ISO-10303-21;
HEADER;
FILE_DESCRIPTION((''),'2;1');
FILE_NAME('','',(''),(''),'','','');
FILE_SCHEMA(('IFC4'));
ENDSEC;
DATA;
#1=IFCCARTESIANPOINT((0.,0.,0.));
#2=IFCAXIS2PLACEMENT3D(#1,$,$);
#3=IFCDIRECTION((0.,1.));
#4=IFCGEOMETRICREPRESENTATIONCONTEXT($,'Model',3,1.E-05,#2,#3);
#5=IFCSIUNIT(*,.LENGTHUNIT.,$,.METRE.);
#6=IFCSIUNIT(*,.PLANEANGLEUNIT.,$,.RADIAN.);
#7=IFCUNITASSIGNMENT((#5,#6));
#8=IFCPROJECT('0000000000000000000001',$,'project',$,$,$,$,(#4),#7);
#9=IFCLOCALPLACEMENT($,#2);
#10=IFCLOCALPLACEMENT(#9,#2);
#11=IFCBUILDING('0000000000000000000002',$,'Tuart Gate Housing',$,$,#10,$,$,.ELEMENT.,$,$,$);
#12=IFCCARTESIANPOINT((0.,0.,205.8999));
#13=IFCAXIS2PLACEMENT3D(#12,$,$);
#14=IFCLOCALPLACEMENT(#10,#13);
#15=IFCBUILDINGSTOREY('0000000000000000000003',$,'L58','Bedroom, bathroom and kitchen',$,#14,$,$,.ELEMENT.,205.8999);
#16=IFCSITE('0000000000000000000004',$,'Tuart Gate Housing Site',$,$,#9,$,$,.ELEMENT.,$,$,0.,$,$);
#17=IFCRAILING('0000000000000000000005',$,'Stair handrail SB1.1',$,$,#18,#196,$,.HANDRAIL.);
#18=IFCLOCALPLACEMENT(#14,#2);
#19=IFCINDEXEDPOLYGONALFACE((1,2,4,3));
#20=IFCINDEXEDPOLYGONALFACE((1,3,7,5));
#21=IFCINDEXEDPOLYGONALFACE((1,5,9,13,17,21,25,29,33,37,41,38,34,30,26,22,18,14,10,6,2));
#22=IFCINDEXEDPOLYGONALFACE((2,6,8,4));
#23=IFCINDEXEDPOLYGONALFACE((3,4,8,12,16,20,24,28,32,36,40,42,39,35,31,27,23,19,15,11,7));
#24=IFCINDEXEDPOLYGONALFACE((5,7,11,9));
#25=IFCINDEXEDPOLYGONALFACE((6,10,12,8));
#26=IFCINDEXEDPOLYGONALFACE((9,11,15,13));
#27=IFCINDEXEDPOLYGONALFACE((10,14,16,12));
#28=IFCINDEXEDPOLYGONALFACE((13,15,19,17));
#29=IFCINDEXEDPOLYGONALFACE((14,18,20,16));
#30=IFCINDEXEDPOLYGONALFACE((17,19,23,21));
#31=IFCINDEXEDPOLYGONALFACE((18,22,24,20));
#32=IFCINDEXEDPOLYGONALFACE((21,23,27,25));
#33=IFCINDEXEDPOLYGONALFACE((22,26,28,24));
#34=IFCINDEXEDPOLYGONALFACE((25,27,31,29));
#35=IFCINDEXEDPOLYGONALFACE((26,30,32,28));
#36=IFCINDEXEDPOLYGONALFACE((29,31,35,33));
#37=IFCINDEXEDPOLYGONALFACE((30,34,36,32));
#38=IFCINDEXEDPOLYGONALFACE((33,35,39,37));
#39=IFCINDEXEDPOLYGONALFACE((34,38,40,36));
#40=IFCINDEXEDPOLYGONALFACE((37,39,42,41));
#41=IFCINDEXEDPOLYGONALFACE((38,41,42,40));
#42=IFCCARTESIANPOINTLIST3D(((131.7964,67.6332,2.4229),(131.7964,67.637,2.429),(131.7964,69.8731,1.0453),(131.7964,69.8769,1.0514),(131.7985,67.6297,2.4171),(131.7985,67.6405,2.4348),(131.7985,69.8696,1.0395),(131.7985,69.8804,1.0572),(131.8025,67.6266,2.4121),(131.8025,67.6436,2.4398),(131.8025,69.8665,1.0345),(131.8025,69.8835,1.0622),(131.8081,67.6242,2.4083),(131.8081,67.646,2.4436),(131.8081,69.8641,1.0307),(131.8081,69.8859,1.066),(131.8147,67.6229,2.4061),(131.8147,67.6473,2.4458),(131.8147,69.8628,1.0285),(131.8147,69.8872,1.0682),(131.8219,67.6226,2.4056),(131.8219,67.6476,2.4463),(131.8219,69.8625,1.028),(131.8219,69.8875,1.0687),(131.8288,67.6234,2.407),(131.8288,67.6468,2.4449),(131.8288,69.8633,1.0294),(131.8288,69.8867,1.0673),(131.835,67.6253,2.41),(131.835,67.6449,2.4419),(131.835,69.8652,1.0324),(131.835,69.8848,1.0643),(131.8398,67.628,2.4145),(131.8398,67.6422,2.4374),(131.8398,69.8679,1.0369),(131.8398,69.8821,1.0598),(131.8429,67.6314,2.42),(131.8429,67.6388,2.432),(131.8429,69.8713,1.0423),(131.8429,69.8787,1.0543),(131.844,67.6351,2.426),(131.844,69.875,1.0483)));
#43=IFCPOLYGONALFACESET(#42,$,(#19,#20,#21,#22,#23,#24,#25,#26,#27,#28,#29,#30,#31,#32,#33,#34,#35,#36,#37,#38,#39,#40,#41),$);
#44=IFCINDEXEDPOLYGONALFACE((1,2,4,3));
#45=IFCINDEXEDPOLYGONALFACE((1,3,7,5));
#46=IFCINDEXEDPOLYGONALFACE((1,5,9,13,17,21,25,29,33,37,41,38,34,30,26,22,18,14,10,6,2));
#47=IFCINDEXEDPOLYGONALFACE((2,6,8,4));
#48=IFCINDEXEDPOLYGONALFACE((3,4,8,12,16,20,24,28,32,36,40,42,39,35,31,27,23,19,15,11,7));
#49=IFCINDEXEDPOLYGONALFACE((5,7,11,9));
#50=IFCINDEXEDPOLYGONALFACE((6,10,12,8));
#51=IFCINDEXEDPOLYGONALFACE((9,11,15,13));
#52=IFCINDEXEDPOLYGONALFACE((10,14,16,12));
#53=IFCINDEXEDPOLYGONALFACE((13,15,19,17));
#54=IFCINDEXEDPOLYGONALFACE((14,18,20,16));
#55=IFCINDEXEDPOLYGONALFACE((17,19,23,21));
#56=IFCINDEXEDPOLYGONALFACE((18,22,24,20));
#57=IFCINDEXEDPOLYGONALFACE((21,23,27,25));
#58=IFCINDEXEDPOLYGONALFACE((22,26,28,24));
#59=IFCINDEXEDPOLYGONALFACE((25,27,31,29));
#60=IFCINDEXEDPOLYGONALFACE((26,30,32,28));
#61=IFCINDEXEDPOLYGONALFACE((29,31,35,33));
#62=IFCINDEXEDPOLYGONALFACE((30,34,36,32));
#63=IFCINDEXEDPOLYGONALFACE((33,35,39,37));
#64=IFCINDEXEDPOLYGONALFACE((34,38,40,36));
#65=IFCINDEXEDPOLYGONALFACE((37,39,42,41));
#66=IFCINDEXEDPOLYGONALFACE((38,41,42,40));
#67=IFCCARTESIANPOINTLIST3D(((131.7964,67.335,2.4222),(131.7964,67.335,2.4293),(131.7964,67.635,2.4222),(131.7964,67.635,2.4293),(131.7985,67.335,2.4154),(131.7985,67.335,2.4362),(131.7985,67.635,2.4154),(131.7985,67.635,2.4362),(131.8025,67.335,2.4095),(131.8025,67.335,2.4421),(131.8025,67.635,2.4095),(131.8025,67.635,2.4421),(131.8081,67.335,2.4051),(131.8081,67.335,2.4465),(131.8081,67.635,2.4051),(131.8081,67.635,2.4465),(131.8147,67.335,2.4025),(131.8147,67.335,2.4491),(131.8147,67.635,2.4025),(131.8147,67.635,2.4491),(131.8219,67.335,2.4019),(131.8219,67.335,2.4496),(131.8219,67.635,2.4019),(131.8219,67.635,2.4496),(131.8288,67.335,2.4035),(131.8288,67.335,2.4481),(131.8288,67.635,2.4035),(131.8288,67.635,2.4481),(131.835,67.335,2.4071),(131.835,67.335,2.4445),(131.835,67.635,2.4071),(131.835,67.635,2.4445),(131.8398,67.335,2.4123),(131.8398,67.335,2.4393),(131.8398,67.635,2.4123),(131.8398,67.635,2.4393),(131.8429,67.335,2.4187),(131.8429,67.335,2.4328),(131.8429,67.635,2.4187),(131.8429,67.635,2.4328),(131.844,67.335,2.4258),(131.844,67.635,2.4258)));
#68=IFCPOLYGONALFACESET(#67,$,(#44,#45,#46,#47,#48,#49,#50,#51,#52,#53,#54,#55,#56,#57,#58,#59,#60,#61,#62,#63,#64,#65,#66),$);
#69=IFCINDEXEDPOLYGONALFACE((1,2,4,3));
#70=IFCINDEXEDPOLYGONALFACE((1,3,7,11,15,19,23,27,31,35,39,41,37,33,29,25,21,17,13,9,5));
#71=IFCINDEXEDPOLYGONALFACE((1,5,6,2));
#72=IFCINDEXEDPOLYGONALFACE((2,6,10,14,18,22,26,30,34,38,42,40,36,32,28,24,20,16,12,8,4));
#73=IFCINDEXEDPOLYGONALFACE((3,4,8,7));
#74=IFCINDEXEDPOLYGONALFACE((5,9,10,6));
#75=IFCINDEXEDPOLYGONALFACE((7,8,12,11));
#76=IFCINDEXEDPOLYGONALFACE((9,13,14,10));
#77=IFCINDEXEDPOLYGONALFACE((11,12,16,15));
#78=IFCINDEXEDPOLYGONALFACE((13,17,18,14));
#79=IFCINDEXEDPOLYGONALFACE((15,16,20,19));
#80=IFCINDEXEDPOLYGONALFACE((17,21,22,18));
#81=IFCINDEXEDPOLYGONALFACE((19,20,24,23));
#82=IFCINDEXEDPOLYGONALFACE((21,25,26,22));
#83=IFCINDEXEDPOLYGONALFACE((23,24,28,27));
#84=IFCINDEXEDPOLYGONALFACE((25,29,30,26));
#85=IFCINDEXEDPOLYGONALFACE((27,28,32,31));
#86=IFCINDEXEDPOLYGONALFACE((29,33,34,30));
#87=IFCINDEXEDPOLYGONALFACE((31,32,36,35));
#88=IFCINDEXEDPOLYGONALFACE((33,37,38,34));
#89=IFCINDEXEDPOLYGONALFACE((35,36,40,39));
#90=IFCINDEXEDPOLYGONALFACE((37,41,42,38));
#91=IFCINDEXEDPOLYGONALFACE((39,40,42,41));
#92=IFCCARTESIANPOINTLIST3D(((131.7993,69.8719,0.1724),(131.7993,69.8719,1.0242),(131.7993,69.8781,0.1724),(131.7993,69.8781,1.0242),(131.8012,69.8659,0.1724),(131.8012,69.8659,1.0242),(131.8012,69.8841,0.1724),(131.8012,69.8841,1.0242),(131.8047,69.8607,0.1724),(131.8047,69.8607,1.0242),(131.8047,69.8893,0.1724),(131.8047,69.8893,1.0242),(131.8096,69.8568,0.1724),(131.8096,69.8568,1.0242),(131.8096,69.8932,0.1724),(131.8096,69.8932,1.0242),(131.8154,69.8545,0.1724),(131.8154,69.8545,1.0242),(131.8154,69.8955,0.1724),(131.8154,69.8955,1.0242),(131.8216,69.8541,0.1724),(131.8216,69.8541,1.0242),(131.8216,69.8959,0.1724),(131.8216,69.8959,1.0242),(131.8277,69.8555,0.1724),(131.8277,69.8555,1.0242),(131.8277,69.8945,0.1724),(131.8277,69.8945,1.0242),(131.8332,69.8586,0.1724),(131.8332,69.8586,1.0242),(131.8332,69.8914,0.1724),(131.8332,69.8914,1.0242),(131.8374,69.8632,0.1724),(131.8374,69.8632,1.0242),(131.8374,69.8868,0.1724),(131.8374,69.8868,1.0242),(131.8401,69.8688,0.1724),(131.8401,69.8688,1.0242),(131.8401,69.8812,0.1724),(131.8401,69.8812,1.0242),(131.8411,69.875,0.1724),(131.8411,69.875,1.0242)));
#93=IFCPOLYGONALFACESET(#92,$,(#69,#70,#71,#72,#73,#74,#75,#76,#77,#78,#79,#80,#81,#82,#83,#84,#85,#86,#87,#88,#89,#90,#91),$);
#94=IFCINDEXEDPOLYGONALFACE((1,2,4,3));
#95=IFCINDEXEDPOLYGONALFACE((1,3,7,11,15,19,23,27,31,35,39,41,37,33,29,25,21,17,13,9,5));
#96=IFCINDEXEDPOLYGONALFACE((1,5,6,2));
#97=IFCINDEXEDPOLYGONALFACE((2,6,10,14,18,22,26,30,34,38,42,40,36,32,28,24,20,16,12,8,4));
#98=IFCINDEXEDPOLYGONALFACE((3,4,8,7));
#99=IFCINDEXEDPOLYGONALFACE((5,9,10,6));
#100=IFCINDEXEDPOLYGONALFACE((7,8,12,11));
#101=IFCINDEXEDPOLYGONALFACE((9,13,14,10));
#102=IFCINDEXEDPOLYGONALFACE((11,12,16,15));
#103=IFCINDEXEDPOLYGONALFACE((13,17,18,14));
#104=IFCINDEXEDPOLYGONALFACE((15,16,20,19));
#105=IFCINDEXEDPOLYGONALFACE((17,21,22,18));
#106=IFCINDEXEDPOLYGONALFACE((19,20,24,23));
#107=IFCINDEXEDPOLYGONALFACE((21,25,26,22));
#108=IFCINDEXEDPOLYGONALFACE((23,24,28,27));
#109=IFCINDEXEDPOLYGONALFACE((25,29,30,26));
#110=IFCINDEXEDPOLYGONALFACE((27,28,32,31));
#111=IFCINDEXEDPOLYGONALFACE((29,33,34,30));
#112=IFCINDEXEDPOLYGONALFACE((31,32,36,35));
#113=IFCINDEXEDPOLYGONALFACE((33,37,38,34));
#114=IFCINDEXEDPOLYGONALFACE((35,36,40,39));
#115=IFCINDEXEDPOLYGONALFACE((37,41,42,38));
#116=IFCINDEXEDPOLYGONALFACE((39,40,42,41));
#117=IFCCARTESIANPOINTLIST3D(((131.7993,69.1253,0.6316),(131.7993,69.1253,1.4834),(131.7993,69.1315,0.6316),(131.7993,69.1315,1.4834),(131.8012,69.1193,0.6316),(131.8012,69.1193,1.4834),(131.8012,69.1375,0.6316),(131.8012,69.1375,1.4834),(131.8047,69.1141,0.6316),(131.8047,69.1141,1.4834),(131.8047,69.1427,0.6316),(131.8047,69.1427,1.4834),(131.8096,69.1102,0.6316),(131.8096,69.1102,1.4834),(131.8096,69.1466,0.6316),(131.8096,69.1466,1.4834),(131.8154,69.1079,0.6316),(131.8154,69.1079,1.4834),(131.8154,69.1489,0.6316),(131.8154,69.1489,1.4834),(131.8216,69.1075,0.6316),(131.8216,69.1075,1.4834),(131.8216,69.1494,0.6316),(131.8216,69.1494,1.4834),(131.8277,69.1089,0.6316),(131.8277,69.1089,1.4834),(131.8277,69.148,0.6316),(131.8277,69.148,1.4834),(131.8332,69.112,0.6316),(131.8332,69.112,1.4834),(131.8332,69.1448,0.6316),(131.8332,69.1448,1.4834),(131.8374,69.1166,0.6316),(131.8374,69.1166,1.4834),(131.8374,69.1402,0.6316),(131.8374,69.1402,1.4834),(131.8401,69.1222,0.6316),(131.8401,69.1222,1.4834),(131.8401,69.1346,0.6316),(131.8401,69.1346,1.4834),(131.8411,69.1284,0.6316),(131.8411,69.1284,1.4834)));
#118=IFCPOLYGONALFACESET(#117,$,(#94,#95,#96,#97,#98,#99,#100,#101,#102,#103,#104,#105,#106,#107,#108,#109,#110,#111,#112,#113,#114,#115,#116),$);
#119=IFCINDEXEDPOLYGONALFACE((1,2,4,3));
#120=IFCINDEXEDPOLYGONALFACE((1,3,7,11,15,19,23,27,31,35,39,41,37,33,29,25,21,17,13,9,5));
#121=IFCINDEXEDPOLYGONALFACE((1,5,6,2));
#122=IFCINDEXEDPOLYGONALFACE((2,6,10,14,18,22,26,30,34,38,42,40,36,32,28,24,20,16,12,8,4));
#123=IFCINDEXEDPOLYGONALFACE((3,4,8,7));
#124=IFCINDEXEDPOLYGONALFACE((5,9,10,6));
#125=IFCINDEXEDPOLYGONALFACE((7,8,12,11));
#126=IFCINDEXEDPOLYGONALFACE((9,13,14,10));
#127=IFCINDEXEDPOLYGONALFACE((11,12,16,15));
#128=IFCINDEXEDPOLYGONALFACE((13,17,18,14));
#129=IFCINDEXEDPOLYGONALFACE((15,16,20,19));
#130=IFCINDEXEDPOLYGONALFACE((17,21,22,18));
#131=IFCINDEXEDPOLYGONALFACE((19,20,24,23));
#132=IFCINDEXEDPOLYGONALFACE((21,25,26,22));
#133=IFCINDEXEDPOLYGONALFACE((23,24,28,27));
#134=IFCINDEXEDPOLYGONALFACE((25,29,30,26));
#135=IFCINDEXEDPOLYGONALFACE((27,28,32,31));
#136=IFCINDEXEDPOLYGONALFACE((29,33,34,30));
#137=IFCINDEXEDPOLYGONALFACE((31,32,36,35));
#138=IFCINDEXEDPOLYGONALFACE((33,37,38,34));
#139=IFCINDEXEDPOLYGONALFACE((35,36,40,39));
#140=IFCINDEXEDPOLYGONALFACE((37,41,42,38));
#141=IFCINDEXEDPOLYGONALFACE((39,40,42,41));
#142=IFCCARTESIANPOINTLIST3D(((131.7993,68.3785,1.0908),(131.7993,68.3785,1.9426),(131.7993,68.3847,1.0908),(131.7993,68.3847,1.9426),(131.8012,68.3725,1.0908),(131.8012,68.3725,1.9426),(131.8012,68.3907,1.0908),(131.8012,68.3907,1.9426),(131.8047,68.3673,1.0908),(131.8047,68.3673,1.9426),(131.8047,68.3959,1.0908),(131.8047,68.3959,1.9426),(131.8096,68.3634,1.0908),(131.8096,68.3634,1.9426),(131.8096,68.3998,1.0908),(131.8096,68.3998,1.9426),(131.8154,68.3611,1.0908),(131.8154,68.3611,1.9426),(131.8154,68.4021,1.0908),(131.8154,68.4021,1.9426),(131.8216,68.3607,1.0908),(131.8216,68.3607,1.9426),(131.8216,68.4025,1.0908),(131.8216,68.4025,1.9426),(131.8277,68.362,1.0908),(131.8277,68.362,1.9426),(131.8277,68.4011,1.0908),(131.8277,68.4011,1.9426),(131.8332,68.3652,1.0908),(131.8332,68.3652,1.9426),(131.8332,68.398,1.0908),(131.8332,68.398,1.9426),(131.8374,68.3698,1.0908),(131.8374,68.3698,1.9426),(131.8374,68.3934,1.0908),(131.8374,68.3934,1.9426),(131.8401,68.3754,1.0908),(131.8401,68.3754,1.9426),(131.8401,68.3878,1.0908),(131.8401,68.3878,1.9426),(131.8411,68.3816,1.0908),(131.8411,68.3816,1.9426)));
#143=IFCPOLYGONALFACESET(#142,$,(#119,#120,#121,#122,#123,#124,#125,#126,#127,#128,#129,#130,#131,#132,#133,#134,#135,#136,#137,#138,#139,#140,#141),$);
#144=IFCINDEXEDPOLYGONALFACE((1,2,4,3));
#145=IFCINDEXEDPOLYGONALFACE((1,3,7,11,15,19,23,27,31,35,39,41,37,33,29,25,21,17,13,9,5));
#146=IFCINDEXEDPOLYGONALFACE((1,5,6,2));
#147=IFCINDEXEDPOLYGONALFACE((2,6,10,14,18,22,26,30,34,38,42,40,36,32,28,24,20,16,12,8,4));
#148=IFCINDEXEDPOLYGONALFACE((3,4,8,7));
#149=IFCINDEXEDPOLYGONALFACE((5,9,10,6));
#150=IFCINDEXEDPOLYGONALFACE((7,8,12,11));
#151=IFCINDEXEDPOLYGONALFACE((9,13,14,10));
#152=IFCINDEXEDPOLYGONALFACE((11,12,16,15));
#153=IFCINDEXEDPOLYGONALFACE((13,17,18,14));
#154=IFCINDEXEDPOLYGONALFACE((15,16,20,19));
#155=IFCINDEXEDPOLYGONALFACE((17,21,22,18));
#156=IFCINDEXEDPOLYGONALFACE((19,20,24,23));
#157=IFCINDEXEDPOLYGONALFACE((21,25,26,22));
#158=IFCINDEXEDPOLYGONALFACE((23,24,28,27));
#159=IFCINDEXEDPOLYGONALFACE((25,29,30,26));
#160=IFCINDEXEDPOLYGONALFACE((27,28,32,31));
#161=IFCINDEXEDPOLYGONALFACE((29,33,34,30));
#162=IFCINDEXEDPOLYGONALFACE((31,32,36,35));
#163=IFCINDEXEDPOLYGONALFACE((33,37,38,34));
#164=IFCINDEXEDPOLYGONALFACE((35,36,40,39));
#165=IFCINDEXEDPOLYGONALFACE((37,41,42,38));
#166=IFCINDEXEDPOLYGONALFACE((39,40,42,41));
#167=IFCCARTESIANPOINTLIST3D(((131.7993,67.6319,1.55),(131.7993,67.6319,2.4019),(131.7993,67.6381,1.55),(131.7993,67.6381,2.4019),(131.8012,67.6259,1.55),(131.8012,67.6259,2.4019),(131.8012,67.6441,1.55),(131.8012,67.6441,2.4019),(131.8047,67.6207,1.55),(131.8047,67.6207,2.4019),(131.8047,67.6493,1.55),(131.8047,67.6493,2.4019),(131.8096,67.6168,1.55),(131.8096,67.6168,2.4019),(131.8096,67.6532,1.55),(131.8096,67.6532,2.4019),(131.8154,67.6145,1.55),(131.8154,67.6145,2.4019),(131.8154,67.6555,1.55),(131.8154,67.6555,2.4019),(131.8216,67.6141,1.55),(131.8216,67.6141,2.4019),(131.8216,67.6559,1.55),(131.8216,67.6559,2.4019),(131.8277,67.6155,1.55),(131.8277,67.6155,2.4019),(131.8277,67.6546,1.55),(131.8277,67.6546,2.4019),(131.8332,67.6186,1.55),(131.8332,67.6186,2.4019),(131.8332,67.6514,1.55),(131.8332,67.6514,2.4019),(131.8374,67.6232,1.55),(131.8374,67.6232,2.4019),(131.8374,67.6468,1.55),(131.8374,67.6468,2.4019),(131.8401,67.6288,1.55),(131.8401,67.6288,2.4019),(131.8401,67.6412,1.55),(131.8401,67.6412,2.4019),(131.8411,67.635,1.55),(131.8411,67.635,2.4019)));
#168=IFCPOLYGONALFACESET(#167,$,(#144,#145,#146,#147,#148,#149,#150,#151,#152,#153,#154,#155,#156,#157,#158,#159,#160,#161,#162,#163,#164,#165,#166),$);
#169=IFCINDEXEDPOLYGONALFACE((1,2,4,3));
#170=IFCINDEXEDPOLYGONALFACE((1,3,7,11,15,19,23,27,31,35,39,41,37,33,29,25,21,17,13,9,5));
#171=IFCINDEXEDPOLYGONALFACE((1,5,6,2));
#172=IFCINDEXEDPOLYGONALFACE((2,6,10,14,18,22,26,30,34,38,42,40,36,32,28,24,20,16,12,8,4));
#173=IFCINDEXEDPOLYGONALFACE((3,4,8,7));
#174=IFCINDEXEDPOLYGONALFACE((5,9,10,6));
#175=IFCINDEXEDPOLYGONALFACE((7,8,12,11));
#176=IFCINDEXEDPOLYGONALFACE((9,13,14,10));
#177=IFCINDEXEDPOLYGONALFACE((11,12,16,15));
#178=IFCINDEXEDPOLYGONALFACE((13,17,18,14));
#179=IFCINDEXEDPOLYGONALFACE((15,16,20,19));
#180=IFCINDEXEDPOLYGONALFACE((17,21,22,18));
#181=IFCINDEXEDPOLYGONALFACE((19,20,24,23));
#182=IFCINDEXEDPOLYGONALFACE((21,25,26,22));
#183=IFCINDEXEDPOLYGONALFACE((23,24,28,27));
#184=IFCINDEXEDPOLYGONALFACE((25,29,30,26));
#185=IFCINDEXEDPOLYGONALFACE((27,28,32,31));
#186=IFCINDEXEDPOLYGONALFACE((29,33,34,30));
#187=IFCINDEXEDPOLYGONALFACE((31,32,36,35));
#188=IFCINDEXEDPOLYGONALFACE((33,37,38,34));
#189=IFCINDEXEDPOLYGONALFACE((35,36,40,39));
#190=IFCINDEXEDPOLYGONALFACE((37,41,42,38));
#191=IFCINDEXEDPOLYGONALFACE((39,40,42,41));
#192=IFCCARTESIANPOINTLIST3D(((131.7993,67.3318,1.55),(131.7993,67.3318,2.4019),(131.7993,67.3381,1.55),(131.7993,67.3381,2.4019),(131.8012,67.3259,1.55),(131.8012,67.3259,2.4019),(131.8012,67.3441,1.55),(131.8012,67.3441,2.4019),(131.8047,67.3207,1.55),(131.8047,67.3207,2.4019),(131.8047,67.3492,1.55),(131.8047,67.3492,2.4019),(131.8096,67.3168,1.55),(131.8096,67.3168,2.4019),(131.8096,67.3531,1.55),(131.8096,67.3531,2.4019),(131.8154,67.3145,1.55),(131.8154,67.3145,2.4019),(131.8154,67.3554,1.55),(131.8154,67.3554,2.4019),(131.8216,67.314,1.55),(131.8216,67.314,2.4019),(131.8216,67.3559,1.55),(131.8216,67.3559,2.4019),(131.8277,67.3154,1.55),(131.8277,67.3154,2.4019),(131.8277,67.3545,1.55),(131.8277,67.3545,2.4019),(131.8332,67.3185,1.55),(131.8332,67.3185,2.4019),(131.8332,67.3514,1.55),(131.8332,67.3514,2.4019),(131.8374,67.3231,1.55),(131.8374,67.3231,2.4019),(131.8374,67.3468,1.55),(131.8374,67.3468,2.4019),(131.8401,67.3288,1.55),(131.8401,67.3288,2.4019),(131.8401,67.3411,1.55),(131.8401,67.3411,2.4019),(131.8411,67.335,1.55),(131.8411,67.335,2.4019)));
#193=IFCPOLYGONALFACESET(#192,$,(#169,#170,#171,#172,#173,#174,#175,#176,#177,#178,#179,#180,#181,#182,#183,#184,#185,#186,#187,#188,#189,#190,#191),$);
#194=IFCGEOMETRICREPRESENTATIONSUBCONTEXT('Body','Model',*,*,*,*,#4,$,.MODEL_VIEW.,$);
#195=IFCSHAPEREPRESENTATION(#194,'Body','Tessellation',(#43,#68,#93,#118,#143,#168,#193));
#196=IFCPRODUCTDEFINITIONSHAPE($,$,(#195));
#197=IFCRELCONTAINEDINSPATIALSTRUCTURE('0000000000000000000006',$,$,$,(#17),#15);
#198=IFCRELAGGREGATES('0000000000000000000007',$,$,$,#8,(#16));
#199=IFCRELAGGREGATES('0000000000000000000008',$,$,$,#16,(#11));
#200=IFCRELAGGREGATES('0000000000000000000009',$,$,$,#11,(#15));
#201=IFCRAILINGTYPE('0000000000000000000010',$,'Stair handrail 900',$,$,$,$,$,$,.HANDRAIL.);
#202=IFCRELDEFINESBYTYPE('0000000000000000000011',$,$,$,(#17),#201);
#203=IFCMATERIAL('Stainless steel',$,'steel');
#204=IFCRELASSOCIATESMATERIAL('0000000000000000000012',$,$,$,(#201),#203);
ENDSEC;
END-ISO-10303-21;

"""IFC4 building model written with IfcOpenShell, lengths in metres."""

from ifc_helpers import new_model, si_unit, direction, frame, origin, origin_2d, place, context, subcontext, project, spatial, circle, extrude, material, type_object, element, save


model = new_model("IFC4")

# Units and contexts
model_context = context("Model", 3, precision=1e-05, world=origin(), true_north=direction((0.0, 1.0)))
body_context = subcontext(model_context, "Body", "Model", "MODEL_VIEW")
ifc_project = project(units=[si_unit("LENGTHUNIT", "METRE"), si_unit("PLANEANGLEUNIT", "RADIAN")], contexts=[model_context])

# Site, building, storey
site_placement = place(None, origin())
site = spatial("IfcSite", under=ifc_project, at=site_placement, Name="Tuart Gate Housing Site", CompositionType="ELEMENT", RefElevation=0.0)
building_placement = place(site_placement, origin())
building = spatial("IfcBuilding", under=site, at=building_placement, Name="Tuart Gate Housing", CompositionType="ELEMENT")
storey_placement = place(building_placement, frame((0.0, 0.0, 205.8999)))
storey = spatial("IfcBuildingStorey", under=building, at=storey_placement, Name="L58", Description="Bedroom, bathroom and kitchen", CompositionType="ELEMENT", Elevation=205.8999)

# Railing
ifc_material_1 = material(Name="Stainless steel", Category="steel")
railing_type = type_object("IfcRailingType", Name="Stair handrail 900", PredefinedType="HANDRAIL", material=ifc_material_1)
railing_placement = place(storey_placement, frame((131.8201, 69.875, 0.1724)))
element("IfcRailing", 1, at=railing_placement, inside=storey, type_object=railing_type, Name="Stair handrail SB1.1", PredefinedType="HANDRAIL", context=body_context, shape_type="SweptSolid", body=[
    extrude(circle(Radius=0.0239, at=origin_2d()), frame((0.0, 0.0, 0.876), z_axis=(0.0, -0.851789, 0.523885), x_axis=(1.0, 0.0, 0.0)), (0.0, 0.0, 1.0), 2.6296),
    extrude(circle(Radius=0.0239, at=origin_2d()), frame((0.0, -2.24, 2.2534), z_axis=(0.0, -1.0, 0.0), x_axis=(1.0, 0.0, 0.0)), (0.0, 0.0, 1.0), 0.3),
    extrude(circle(Radius=0.021, at=origin_2d()), origin(), (0.0, 0.0, 1.0), 0.8518),
    extrude(circle(Radius=0.021, at=origin_2d()), frame((0.0, -0.7466, 0.4592)), (0.0, 0.0, 1.0), 0.8518),
    extrude(circle(Radius=0.021, at=origin_2d()), frame((0.0, -1.4934, 0.9185)), (0.0, 0.0, 1.0), 0.8518),
    extrude(circle(Radius=0.021, at=origin_2d()), frame((0.0, -2.24, 1.3777)), (0.0, 0.0, 1.0), 0.8518),
    extrude(circle(Radius=0.021, at=origin_2d()), frame((0.0, -2.54, 1.3777)), (0.0, 0.0, 1.0), 0.8518),
])

save(model, "model.ifc")
